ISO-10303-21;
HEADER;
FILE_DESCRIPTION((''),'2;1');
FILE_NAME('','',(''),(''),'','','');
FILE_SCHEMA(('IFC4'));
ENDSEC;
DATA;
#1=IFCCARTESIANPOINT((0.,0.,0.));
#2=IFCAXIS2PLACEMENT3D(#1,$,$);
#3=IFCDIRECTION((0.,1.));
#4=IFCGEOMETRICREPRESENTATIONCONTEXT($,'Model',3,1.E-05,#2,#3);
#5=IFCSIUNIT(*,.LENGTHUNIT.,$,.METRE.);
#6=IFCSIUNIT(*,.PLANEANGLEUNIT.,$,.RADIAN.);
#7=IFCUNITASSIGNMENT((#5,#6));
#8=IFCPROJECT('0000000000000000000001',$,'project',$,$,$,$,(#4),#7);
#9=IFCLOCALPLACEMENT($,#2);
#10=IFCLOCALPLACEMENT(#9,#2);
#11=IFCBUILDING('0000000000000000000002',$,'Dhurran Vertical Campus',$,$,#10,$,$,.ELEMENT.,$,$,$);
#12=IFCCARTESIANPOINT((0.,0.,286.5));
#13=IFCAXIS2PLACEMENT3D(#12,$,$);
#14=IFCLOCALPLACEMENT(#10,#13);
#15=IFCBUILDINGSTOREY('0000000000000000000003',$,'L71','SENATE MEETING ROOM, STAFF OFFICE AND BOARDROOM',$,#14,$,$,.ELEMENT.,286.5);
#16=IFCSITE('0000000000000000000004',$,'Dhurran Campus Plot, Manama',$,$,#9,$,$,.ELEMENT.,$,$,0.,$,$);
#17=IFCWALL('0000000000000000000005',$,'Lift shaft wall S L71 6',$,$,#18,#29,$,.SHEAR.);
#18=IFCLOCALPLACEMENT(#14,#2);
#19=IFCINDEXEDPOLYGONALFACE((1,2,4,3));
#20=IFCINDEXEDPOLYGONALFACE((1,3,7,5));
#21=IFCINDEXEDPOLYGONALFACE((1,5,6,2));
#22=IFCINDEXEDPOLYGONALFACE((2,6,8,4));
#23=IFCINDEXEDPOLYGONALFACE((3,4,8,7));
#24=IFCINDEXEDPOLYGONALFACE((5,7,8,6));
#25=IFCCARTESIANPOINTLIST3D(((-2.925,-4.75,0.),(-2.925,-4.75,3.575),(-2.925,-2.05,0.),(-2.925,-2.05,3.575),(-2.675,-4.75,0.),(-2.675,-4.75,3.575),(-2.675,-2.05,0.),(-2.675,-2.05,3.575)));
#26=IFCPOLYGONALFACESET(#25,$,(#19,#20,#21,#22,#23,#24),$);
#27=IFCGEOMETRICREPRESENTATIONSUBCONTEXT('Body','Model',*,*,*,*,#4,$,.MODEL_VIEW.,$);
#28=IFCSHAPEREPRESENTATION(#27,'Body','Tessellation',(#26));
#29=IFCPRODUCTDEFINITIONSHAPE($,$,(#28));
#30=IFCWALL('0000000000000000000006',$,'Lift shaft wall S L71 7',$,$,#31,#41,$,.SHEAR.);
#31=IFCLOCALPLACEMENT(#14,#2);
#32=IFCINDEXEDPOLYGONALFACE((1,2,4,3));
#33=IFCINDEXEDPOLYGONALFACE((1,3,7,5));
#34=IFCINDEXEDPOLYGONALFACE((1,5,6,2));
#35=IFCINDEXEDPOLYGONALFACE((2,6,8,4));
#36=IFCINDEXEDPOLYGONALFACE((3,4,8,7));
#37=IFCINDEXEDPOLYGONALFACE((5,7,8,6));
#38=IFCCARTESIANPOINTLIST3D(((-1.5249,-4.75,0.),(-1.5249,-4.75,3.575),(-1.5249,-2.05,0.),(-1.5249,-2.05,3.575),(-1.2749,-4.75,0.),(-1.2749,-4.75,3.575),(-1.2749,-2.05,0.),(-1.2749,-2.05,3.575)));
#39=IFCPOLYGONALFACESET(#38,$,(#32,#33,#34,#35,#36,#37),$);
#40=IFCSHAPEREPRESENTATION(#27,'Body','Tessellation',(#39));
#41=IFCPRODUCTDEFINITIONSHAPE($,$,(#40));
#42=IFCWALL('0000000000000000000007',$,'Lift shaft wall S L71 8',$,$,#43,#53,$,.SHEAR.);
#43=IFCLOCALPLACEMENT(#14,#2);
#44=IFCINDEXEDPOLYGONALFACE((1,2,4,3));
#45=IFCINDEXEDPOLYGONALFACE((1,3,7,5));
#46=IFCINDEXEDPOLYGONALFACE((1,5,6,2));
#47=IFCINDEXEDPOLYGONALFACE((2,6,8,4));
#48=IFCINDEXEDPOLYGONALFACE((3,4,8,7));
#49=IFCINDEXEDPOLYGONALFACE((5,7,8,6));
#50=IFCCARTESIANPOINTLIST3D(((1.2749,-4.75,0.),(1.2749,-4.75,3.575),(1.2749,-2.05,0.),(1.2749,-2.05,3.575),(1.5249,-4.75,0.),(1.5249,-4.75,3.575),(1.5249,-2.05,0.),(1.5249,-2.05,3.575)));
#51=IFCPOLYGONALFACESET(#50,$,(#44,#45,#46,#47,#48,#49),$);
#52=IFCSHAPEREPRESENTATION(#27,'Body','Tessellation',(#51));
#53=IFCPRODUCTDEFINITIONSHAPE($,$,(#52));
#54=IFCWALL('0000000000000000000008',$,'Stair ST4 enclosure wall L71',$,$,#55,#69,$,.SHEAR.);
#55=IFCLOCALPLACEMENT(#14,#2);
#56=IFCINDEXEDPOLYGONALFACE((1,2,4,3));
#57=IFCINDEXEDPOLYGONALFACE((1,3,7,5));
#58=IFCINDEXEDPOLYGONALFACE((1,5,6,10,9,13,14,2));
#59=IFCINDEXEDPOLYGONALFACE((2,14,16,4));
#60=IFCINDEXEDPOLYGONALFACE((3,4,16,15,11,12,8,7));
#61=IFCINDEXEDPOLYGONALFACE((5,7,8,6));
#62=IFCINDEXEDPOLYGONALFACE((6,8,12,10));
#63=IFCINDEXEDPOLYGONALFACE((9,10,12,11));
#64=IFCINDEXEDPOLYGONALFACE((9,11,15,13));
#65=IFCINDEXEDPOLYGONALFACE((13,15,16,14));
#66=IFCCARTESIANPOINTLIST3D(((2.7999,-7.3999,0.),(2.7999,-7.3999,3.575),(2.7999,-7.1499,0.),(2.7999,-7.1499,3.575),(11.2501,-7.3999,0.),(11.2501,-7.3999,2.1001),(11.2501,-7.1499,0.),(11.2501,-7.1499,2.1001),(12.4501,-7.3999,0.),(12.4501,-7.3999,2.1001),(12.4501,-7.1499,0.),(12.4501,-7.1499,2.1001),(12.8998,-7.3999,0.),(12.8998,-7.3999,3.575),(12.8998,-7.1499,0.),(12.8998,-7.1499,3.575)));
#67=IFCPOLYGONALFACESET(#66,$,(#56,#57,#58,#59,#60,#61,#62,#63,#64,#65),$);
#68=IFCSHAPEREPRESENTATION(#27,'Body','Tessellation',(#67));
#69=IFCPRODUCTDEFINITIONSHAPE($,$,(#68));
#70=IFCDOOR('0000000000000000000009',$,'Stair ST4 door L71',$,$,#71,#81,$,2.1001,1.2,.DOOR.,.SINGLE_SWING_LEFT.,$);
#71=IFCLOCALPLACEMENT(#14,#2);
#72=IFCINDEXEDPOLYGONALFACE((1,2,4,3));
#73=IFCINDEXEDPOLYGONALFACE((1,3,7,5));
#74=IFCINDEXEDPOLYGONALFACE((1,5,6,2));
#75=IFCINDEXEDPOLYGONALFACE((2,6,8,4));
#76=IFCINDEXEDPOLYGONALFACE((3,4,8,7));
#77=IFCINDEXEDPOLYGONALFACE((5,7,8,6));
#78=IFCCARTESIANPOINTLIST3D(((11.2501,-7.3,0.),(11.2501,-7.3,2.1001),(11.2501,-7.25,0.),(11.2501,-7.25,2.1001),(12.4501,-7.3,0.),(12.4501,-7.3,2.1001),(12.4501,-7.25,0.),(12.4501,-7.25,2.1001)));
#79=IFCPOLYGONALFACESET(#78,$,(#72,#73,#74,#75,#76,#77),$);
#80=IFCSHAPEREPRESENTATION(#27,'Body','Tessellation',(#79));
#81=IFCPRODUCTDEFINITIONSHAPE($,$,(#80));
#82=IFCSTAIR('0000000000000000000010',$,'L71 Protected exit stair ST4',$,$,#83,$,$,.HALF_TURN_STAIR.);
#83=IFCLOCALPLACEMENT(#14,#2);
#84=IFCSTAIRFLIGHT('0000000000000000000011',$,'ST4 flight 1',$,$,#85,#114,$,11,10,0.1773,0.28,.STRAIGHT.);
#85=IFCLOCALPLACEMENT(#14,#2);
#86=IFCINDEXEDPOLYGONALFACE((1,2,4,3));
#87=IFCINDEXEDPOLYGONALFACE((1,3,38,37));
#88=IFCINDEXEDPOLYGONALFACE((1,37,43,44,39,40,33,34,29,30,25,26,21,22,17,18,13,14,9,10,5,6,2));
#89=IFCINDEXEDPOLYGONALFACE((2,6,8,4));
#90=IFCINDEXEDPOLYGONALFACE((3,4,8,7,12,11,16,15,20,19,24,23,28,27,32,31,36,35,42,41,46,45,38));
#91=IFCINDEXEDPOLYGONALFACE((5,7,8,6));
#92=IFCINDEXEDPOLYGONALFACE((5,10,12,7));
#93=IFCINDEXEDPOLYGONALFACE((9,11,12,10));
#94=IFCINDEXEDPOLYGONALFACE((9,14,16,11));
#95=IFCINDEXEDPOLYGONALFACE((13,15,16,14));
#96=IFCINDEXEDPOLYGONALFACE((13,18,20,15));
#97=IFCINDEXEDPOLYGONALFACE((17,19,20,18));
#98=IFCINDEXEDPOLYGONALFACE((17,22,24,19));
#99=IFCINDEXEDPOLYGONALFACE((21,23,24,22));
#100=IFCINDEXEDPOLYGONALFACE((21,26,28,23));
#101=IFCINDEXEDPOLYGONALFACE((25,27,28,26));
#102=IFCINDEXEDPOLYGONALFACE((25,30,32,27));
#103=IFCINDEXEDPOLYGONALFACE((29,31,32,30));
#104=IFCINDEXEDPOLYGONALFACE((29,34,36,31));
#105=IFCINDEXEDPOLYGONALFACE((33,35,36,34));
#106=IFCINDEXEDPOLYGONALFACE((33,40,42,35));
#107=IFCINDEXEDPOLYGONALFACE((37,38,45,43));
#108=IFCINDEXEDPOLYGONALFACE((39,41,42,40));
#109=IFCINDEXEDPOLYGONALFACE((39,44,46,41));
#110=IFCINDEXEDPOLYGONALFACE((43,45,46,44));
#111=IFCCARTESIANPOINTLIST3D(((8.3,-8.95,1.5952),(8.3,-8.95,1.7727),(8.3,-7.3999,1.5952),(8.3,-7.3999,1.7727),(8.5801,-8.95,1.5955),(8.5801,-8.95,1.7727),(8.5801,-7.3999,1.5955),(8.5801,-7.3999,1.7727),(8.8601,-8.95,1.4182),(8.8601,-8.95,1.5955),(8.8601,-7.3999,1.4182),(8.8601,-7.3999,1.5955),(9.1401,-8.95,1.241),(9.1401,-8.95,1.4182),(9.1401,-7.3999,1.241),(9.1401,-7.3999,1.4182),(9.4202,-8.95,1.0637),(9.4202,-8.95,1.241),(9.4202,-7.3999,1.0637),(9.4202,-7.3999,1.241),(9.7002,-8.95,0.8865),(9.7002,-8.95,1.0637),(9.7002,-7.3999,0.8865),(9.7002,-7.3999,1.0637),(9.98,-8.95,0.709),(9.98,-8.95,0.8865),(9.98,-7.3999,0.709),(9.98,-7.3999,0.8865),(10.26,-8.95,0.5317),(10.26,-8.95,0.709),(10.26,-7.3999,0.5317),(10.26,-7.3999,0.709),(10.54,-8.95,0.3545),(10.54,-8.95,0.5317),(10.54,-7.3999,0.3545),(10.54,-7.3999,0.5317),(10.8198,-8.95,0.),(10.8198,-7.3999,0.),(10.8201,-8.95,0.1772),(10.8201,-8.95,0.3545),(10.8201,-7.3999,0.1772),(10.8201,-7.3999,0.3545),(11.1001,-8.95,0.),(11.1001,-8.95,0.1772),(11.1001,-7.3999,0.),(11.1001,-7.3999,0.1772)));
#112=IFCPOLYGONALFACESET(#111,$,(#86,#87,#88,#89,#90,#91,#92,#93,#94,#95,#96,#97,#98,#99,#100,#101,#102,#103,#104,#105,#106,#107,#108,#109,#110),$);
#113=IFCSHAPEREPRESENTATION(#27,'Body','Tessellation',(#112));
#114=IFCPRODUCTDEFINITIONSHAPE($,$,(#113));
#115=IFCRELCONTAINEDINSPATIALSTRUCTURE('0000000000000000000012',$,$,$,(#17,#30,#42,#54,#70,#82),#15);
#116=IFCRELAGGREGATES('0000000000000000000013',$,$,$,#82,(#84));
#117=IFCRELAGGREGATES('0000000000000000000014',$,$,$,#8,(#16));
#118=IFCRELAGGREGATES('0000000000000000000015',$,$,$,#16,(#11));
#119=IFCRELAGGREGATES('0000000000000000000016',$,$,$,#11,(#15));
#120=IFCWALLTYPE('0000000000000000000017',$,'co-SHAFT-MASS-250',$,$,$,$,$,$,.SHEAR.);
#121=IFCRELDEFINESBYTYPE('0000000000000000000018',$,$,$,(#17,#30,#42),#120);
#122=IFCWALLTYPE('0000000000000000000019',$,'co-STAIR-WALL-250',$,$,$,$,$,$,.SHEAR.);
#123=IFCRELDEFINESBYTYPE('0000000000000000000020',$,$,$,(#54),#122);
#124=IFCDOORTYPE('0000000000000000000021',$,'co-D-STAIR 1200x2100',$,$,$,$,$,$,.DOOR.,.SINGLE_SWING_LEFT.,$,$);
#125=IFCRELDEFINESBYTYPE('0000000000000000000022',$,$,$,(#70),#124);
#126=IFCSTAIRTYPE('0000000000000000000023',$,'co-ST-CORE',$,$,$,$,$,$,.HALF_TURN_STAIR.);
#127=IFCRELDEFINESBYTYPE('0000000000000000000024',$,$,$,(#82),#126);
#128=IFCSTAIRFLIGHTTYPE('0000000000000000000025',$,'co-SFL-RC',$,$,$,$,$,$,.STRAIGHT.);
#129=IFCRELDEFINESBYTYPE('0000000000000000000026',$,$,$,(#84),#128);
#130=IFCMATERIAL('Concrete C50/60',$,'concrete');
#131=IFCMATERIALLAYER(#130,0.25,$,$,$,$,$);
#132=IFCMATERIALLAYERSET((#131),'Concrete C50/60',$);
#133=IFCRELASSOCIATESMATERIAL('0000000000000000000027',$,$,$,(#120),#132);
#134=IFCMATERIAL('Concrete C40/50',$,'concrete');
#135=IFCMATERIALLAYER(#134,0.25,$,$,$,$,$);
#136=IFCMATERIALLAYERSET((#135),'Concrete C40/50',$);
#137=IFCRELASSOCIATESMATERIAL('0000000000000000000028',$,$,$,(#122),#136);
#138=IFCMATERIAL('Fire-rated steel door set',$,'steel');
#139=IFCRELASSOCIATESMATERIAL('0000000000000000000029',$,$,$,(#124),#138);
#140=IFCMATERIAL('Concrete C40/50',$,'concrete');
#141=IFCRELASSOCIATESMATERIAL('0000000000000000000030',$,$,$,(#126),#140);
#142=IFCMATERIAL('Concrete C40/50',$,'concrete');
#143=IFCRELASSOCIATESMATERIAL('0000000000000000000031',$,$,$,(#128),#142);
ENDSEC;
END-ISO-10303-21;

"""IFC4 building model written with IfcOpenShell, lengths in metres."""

from ifc_helpers import new_model, si_unit, direction, frame, frame_2d, origin, place, context, subcontext, project, spatial, polyline, rectangle, outline, extrude, material, layer, layer_set, type_object, element, fill, aggregate, save


model = new_model("IFC4")

# Units and contexts
model_context = context("Model", 3, precision=1e-05, world=origin(), true_north=direction((0.0, 1.0)))
body_context = subcontext(model_context, "Body", "Model", "MODEL_VIEW")
ifc_project = project(units=[si_unit("LENGTHUNIT", "METRE"), si_unit("PLANEANGLEUNIT", "RADIAN")], contexts=[model_context])

# Site, building, storey
site_placement = place(None, origin())
site = spatial("IfcSite", under=ifc_project, at=site_placement, Name="Dhurran Campus Plot, Manama", CompositionType="ELEMENT", RefElevation=0.0)
building_placement = place(site_placement, origin())
building = spatial("IfcBuilding", under=site, at=building_placement, Name="Dhurran Vertical Campus", CompositionType="ELEMENT")
storey_placement = place(building_placement, frame((0.0, 0.0, 286.5)))
storey = spatial("IfcBuildingStorey", under=building, at=storey_placement, Name="L71", Description="SENATE MEETING ROOM, STAFF OFFICE AND BOARDROOM", CompositionType="ELEMENT", Elevation=286.5)

# Walls
ifc_material_1 = material(Name="Concrete C50/60", Category="concrete")
ifc_layer_1 = layer(ifc_material_1, 0.25)
ifc_layer_set_1 = layer_set([ifc_layer_1], Name="Concrete C50/60")
wall_type_1 = type_object("IfcWallType", Name="co-SHAFT-MASS-250", PredefinedType="SHEAR", material=ifc_layer_set_1)
wall_1_placement = place(storey_placement, origin())
element("IfcWall", 1, at=wall_1_placement, inside=storey, type_object=wall_type_1, Name="Lift shaft wall S L71 6", PredefinedType="SHEAR", context=body_context, shape_type="SweptSolid", body=[
    extrude(outline(polyline([(-2.925, -4.75), (-2.675, -4.75), (-2.675, -2.05), (-2.925, -2.05), (-2.925, -4.75)])), origin(), (0.0, 0.0, 1.0), 3.575),
])
wall_2_placement = place(storey_placement, origin())
element("IfcWall", 2, at=wall_2_placement, inside=storey, type_object=wall_type_1, Name="Lift shaft wall S L71 7", PredefinedType="SHEAR", context=body_context, shape_type="SweptSolid", body=[
    extrude(outline(polyline([(-1.5249, -4.75), (-1.2749, -4.75), (-1.2749, -2.05), (-1.5249, -2.05), (-1.5249, -4.75)])), origin(), (0.0, 0.0, 1.0), 3.575),
])
wall_3_placement = place(storey_placement, origin())
element("IfcWall", 3, at=wall_3_placement, inside=storey, type_object=wall_type_1, Name="Lift shaft wall S L71 8", PredefinedType="SHEAR", context=body_context, shape_type="SweptSolid", body=[
    extrude(outline(polyline([(1.2749, -4.75), (1.5249, -4.75), (1.5249, -2.05), (1.2749, -2.05), (1.2749, -4.75)])), origin(), (0.0, 0.0, 1.0), 3.575),
])

# Wall, opening, door
ifc_material_2 = material(Name="Concrete C40/50", Category="concrete")
ifc_layer_2 = layer(ifc_material_2, 0.25)
ifc_layer_set_2 = layer_set([ifc_layer_2], Name="Concrete C40/50")
wall_type_2 = type_object("IfcWallType", Name="co-STAIR-WALL-250", PredefinedType="SHEAR", material=ifc_layer_set_2)
wall_4_placement = place(storey_placement, frame((2.8, -7.2749, 0.0), z_axis=(0.0, 0.0, 1.0), x_axis=(1.0, 0.0, 0.0)))
wall_4 = element("IfcWall", 4, at=wall_4_placement, inside=storey, type_object=wall_type_2, Name="Stair ST4 enclosure wall L71", PredefinedType="SHEAR", context=body_context, shape_type="SweptSolid", body=[
    extrude(rectangle(XDim=10.0999, YDim=0.25, at=frame_2d((5.0498, 0.0))), origin(), (0.0, 0.0, 1.0), 3.575),
])
opening_1_placement = place(wall_4_placement, frame((8.45, 0.0, 0.0)))
opening_1 = element("IfcOpeningElement", 5, at=opening_1_placement, cuts=wall_4, PredefinedType="OPENING", context=body_context, shape_type="SweptSolid", body=[
    extrude(rectangle(XDim=1.2, YDim=2.1001, at=frame_2d((0.6001, 1.05))), frame((0.0, 0.135, 0.0), z_axis=(0.0, -1.0, 0.0), x_axis=(1.0, 0.0, 0.0)), (0.0, 0.0, 1.0), 0.27),
])
ifc_material_3 = material(Name="Fire-rated steel door set", Category="steel")
door_type_1 = type_object("IfcDoorType", Name="co-D-STAIR 1200x2100", OperationType="SINGLE_SWING_LEFT", PredefinedType="DOOR", material=ifc_material_3)
door_1_placement = place(opening_1_placement, origin())
door_1 = element("IfcDoor", 6, at=door_1_placement, inside=storey, type_object=door_type_1, Name="Stair ST4 door L71", OperationType="SINGLE_SWING_LEFT", OverallHeight=2.1001, OverallWidth=1.2, PredefinedType="DOOR", context=body_context, shape_type="SweptSolid", body=[
    extrude(rectangle(XDim=1.2, YDim=2.1001, at=frame_2d((0.6001, 1.05))), frame((0.0, 0.0249, 0.0), z_axis=(0.0, -1.0, 0.0), x_axis=(1.0, 0.0, 0.0)), (0.0, 0.0, 1.0), 0.05),
])
fill(opening_1, door_1)

# Stair, stair flight
ifc_material_4 = material(Name="Concrete C40/50", Category="concrete")
stair_type = type_object("IfcStairType", Name="co-ST-CORE", PredefinedType="HALF_TURN_STAIR", material=ifc_material_4)
stair_placement = place(storey_placement, origin())
stair = element("IfcStair", 7, at=stair_placement, inside=storey, type_object=stair_type, Name="L71 Protected exit stair ST4", PredefinedType="HALF_TURN_STAIR")
ifc_material_5 = material(Name="Concrete C40/50", Category="concrete")
stair_flight_type = type_object("IfcStairFlightType", Name="co-SFL-RC", PredefinedType="STRAIGHT", material=ifc_material_5)
stair_flight_placement = place(storey_placement, frame((11.1001, -8.175, 0.0), z_axis=(0.0, 0.0, 1.0), x_axis=(-1.0, 0.0, 0.0)))
stair_flight = element("IfcStairFlight", 8, at=stair_flight_placement, type_object=stair_flight_type, Name="ST4 flight 1", NumberOfRisers=11, NumberOfTreads=10, PredefinedType="STRAIGHT", RiserHeight=0.1773, TreadLength=0.28, context=body_context, shape_type="SweptSolid", body=[
    extrude(outline(polyline([(0.0, 0.0), (0.0, 0.1772), (0.28, 0.1772), (0.28, 0.3545), (0.5601, 0.3545), (0.5601, 0.5317), (0.8401, 0.5317), (0.8401, 0.709), (1.1201, 0.709), (1.1201, 0.8865), (1.3999, 0.8865), (1.3999, 1.0637), (1.6799, 1.0637), (1.6799, 1.241), (1.96, 1.241), (1.96, 1.4182), (2.24, 1.4182), (2.24, 1.5955), (2.52, 1.5955), (2.52, 1.7727), (2.8, 1.7727), (2.8, 1.95), (2.8, 1.5952), (0.2803, 0.0), (0.0, 0.0)])), frame((0.0, 0.7749, 0.0), z_axis=(0.0, -1.0, 0.0), x_axis=(1.0, 0.0, 0.0)), (0.0, 0.0, 1.0), 1.55),
])
aggregate(stair, [stair_flight])

save(model, "model.ifc")
